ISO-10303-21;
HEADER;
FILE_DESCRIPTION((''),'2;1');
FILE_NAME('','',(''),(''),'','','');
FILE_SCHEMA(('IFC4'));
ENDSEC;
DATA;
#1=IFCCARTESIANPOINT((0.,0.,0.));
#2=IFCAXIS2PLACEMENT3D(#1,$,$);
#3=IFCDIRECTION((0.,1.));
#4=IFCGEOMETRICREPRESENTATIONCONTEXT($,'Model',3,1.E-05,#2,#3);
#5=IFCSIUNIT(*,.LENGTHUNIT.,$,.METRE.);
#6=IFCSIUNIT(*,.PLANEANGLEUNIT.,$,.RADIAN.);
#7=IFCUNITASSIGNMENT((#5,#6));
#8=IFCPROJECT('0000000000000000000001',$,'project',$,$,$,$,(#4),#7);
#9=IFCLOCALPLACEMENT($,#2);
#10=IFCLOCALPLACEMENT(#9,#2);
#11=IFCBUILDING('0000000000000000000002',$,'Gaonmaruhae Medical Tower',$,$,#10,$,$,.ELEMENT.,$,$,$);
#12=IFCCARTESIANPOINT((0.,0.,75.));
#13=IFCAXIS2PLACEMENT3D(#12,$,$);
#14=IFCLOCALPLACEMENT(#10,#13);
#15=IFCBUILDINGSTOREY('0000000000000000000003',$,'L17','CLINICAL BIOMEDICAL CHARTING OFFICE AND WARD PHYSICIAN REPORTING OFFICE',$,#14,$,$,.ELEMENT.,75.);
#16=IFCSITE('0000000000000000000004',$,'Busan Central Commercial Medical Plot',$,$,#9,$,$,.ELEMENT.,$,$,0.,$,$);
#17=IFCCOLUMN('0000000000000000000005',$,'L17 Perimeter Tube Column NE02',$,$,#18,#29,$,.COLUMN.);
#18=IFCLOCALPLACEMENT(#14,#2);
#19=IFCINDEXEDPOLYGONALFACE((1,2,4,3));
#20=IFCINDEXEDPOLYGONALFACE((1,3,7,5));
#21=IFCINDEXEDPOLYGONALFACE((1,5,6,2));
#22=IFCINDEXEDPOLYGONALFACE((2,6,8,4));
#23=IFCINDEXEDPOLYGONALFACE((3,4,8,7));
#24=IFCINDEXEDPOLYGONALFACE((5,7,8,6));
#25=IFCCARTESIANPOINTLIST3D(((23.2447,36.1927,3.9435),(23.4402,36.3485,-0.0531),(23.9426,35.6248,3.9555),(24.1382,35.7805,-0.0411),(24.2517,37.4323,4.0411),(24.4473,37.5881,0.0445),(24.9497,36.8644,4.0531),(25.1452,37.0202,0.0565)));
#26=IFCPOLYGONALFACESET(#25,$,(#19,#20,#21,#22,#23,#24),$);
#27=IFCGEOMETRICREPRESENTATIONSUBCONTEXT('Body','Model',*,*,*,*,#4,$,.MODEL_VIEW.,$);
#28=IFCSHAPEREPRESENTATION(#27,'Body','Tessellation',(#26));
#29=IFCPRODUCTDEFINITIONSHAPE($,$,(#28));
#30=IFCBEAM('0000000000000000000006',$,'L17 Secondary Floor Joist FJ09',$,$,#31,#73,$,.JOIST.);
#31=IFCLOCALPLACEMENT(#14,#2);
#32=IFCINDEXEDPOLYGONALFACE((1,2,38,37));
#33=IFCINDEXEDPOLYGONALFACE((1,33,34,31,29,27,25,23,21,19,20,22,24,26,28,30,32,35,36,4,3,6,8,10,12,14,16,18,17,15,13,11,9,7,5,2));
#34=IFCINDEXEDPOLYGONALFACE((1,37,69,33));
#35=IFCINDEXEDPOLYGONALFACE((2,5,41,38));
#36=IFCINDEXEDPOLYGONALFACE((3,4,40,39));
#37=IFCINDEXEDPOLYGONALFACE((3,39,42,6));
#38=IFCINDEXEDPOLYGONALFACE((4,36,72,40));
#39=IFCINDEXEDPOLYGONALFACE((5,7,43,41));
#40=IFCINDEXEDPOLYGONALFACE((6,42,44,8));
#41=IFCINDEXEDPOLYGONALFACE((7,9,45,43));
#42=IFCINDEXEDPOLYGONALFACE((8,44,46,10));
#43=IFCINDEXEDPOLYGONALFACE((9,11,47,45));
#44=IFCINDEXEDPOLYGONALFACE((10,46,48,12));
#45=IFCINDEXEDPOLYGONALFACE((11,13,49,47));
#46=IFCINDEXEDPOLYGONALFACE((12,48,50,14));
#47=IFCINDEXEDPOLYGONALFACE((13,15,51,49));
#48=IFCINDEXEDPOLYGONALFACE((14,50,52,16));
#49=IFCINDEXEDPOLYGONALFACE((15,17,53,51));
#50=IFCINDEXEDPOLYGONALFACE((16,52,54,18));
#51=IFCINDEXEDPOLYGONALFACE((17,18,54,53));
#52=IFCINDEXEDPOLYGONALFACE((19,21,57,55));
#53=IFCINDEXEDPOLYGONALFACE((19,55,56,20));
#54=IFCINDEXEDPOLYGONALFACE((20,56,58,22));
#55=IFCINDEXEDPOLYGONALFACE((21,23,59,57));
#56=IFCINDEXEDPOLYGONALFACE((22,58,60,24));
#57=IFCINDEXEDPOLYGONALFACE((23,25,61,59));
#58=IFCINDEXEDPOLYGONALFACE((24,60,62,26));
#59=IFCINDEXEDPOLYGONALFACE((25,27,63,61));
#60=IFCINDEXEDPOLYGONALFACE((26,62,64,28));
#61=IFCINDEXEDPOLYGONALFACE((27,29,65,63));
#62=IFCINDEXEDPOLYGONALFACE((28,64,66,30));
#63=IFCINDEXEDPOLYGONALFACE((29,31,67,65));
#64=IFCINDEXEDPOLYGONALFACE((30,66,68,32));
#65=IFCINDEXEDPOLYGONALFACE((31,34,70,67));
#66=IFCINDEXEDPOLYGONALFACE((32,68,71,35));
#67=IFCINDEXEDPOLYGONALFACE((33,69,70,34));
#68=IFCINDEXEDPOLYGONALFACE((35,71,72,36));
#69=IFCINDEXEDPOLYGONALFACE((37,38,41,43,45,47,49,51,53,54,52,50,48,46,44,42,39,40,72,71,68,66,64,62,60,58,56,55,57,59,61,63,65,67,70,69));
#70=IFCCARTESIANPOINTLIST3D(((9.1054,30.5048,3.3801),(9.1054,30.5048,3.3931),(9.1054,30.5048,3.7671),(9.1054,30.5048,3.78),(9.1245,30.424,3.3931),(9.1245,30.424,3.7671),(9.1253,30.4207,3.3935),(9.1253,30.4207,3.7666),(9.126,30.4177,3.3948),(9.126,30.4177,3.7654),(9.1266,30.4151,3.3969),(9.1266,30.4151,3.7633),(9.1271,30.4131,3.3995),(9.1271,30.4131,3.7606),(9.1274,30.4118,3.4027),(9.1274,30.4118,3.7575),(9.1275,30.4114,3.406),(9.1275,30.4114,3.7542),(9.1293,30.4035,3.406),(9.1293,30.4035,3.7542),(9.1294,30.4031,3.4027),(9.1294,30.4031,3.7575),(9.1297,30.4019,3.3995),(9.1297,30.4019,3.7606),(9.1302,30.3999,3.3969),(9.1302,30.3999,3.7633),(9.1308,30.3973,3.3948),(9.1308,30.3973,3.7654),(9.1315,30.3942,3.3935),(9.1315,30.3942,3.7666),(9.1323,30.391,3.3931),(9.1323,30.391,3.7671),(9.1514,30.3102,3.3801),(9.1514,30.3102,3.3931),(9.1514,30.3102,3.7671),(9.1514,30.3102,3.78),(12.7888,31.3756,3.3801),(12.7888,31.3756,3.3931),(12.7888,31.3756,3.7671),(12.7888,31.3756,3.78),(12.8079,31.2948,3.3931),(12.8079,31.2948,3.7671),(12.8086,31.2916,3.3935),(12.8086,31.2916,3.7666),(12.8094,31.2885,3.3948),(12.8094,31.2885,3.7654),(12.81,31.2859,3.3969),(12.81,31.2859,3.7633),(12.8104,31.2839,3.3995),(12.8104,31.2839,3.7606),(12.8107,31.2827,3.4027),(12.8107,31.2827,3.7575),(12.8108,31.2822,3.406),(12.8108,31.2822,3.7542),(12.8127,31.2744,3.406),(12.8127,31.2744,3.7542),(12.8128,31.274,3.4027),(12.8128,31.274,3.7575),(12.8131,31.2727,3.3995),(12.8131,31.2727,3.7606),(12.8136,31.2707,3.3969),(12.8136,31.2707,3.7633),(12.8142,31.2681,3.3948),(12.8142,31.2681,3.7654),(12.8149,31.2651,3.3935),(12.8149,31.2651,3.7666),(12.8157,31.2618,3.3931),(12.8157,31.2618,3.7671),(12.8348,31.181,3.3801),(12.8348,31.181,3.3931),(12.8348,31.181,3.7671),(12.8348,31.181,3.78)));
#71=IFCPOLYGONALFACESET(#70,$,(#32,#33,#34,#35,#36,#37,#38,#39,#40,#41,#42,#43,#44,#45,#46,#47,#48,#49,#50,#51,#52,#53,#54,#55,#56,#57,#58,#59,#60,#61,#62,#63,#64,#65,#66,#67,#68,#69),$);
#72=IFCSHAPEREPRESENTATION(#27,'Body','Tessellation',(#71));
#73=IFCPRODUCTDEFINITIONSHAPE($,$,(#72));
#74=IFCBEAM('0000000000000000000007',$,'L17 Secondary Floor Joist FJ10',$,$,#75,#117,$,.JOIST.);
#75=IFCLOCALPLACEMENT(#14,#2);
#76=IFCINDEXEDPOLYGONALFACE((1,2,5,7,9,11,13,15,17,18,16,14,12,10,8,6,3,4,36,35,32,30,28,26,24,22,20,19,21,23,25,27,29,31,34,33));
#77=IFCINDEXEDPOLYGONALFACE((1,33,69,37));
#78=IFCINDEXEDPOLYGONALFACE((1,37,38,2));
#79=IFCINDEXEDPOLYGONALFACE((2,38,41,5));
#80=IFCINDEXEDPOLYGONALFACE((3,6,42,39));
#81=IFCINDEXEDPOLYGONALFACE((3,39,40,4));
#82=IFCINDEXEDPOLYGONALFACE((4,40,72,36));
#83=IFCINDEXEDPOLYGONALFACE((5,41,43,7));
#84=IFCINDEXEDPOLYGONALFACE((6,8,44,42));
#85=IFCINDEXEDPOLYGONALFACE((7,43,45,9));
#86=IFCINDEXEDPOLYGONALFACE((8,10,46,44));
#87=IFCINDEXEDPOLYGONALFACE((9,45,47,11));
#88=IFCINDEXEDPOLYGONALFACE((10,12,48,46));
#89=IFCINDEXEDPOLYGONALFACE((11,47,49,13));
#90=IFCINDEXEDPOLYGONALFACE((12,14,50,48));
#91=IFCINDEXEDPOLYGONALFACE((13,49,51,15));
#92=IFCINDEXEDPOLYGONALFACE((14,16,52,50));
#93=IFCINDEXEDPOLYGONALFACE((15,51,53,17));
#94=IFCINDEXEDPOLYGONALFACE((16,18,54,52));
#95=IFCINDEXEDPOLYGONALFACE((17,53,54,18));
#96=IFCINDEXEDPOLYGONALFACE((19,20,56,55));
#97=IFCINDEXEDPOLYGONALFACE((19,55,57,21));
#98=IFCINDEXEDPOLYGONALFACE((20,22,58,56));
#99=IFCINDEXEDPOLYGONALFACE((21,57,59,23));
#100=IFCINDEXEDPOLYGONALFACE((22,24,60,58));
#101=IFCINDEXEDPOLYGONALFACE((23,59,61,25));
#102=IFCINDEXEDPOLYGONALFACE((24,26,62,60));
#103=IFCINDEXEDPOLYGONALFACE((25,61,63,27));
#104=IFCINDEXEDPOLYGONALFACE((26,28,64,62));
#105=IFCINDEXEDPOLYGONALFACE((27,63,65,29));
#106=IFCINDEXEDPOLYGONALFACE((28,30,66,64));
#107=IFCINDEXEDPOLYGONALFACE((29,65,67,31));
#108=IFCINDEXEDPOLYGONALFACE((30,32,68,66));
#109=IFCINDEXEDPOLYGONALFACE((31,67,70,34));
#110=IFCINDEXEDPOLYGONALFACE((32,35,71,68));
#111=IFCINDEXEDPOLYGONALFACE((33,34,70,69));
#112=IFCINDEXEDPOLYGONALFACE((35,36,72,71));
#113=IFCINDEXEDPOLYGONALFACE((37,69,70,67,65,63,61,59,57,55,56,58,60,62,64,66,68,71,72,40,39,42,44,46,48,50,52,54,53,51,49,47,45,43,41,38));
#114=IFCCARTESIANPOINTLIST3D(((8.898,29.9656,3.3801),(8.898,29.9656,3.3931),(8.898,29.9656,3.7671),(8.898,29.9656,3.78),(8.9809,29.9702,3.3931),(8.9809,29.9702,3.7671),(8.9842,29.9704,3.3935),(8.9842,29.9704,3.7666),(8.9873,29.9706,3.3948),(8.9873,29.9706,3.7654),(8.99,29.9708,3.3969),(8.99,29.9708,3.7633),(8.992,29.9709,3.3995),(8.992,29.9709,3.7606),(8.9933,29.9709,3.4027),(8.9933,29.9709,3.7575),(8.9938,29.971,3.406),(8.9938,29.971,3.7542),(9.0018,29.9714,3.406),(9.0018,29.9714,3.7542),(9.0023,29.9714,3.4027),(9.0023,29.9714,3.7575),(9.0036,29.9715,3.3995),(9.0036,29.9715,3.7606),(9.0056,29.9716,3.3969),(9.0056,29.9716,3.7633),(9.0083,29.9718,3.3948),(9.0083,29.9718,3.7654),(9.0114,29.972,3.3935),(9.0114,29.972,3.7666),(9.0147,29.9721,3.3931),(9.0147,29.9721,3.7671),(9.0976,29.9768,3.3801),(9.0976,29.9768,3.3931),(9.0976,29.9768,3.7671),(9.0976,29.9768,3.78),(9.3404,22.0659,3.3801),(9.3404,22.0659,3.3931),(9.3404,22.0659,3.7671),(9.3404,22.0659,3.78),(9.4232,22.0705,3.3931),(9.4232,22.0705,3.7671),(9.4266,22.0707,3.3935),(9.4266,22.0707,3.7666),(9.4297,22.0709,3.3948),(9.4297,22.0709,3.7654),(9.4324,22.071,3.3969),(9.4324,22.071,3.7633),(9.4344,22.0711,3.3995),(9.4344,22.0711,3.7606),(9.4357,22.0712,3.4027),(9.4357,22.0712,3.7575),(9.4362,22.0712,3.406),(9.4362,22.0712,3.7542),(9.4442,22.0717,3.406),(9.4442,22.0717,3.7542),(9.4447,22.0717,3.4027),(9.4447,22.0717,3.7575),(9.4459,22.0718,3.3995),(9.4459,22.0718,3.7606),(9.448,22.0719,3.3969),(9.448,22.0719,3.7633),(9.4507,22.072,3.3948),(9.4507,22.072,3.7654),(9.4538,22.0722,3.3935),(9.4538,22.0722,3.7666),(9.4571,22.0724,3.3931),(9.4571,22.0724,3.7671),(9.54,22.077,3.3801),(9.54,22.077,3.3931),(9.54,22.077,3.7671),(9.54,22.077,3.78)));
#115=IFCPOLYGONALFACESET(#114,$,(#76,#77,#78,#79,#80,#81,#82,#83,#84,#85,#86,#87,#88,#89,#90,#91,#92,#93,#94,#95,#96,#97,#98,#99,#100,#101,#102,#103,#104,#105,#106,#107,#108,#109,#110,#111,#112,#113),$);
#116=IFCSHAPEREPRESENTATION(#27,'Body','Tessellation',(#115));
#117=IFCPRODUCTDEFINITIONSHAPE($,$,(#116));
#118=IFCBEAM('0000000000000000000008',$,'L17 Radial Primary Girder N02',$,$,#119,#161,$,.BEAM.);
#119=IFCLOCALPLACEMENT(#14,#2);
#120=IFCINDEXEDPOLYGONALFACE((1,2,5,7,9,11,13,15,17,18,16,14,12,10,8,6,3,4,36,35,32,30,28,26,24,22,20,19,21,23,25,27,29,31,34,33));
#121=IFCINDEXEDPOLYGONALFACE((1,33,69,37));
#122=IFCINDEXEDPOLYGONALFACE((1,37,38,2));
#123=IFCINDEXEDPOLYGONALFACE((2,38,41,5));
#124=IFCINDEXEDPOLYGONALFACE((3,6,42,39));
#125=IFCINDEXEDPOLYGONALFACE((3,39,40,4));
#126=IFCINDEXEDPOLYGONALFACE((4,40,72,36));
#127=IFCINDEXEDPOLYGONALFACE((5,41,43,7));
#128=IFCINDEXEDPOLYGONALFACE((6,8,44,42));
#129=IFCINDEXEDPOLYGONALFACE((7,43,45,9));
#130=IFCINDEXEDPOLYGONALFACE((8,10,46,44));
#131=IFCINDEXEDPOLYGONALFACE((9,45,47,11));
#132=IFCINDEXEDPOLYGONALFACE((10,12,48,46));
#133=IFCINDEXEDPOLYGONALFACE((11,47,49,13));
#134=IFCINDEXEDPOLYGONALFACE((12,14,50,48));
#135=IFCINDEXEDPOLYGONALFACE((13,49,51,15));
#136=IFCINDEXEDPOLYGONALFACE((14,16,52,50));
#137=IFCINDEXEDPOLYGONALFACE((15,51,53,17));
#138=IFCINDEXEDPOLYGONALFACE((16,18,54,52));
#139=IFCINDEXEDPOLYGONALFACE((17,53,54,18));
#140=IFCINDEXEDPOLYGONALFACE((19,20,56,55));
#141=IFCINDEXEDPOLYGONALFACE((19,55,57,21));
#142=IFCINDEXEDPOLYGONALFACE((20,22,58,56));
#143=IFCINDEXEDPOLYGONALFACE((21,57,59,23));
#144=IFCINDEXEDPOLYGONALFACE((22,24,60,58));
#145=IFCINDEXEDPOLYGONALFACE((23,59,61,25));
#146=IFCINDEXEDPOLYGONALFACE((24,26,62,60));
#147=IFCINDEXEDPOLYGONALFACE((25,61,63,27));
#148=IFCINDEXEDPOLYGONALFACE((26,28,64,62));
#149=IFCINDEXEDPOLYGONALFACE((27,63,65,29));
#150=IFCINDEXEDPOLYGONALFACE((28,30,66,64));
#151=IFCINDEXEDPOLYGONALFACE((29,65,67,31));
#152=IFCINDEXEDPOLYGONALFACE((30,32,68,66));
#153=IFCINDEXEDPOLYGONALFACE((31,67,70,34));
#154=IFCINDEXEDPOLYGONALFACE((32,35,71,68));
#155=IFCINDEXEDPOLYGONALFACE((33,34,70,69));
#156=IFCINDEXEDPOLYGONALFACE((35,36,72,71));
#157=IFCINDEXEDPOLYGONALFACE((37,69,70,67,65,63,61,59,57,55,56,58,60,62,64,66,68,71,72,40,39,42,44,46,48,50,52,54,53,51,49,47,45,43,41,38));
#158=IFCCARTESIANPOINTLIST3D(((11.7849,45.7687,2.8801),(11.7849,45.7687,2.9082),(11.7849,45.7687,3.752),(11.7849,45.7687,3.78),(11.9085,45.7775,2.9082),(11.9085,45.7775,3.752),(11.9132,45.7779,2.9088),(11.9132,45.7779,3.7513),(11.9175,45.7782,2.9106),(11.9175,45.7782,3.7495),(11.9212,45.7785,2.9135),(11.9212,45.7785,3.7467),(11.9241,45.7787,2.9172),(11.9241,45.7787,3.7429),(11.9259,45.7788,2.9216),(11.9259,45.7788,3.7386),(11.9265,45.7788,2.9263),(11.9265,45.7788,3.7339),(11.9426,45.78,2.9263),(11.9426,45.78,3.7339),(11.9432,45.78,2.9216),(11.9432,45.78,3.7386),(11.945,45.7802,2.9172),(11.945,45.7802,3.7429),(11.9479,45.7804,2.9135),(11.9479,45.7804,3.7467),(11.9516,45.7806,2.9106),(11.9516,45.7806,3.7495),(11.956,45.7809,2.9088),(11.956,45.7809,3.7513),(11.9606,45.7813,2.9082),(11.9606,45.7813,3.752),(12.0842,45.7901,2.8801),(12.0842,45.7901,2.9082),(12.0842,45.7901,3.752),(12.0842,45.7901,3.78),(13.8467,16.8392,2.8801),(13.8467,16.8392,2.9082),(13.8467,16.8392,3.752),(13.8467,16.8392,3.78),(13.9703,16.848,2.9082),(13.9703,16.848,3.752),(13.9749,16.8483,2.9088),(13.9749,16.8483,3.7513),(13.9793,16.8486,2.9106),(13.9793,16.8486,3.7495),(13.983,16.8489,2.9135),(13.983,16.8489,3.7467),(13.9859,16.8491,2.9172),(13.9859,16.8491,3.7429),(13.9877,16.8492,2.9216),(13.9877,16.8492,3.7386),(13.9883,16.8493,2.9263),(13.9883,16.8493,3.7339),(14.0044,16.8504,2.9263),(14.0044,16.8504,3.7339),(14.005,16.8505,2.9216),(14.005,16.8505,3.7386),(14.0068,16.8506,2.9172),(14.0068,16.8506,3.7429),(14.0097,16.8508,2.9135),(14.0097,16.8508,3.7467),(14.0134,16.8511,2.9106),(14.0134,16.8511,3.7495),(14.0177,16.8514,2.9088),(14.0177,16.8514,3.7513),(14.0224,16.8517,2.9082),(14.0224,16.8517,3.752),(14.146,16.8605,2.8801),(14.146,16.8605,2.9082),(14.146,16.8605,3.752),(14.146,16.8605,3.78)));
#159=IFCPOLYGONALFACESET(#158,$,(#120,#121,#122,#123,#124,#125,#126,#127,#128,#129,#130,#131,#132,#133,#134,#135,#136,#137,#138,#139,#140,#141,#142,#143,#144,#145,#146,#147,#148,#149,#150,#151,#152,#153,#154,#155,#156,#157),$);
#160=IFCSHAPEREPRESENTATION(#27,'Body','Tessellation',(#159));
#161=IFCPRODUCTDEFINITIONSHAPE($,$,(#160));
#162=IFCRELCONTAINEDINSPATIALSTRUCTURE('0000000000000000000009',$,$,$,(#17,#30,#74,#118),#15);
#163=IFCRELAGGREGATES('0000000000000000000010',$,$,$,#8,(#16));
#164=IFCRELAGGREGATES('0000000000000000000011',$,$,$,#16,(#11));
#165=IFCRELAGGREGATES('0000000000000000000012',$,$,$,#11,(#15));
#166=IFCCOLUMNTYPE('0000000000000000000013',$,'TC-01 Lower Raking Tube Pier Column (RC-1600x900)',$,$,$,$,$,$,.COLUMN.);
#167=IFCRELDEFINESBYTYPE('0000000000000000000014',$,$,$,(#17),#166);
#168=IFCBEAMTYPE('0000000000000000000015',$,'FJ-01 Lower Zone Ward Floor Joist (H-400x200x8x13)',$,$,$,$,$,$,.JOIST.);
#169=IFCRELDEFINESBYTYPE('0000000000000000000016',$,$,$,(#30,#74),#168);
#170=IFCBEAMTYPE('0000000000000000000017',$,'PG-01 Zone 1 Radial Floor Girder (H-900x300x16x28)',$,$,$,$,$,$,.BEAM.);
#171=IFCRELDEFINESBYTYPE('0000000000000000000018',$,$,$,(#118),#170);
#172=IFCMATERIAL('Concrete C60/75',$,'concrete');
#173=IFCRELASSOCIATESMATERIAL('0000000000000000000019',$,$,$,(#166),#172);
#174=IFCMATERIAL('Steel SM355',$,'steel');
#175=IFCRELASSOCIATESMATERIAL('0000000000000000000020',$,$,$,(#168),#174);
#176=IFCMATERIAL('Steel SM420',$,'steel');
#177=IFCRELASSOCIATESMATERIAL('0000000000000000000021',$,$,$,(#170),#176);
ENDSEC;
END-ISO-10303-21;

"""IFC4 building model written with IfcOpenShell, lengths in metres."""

from ifc_helpers import new_model, si_unit, direction, frame, origin, origin_2d, place, context, subcontext, project, spatial, rectangle, i_section, extrude, material, material_profile, profile_set, type_object, element, save


model = new_model("IFC4")

# Units and contexts
model_context = context("Model", 3, precision=1e-05, world=origin(), true_north=direction((0.0, 1.0)))
body_context = subcontext(model_context, "Body", "Model", "MODEL_VIEW")
ifc_project = project(units=[si_unit("LENGTHUNIT", "METRE"), si_unit("PLANEANGLEUNIT", "RADIAN")], contexts=[model_context])

# Site, building, storey
site_placement = place(None, origin())
site = spatial("IfcSite", under=ifc_project, at=site_placement, Name="Busan Central Commercial Medical Plot", CompositionType="ELEMENT", RefElevation=0.0)
building_placement = place(site_placement, origin())
building = spatial("IfcBuilding", under=site, at=building_placement, Name="Gaonmaruhae Medical Tower", CompositionType="ELEMENT")
storey_placement = place(building_placement, frame((0.0, 0.0, 75.0)))
storey = spatial("IfcBuildingStorey", under=building, at=storey_placement, Name="L17", Description="CLINICAL BIOMEDICAL CHARTING OFFICE AND WARD PHYSICIAN REPORTING OFFICE", CompositionType="ELEMENT", Elevation=75.0)

# Column
ifc_material_1 = material(Name="Concrete C60/75", Category="concrete")
ifc_material_profile_1 = material_profile(ifc_material_1, rectangle(XDim=1.6001, YDim=0.8999, at=origin_2d()), Name="RC-1600x900")
ifc_profile_set_1 = profile_set([ifc_material_profile_1], Name="Concrete C60/75")
column_type = type_object("IfcColumnType", Name="TC-01 Lower Raking Tube Pier Column (RC-1600x900)", PredefinedType="COLUMN", material=ifc_profile_set_1)
column_placement = place(storey_placement, frame((24.2927, 36.6843, 0.0017), z_axis=(-0.048836, -0.038898, 0.998049), x_axis=(0.629355, 0.774721, 0.060989)))
element("IfcColumn", 1, at=column_placement, inside=storey, type_object=column_type, Name="L17 Perimeter Tube Column NE02", PredefinedType="COLUMN", context=body_context, shape_type="SweptSolid", body=[
    extrude(rectangle(XDim=1.6001, YDim=0.8999, at=origin_2d()), origin(), (0.0, 0.0, 1.0), 4.0044),
])

# Beams
ifc_material_2 = material(Name="Steel SM355", Category="steel")
ifc_material_profile_2 = material_profile(ifc_material_2, i_section(OverallWidth=0.2, OverallDepth=0.3999, WebThickness=0.0081, FlangeThickness=0.0129, FilletRadius=0.0129, at=origin_2d()), Name="H-400x200x8x13")
ifc_profile_set_2 = profile_set([ifc_material_profile_2], Name="Steel SM355")
beam_type_1 = type_object("IfcBeamType", Name="FJ-01 Lower Zone Ward Floor Joist (H-400x200x8x13)", PredefinedType="JOIST", material=ifc_profile_set_2)
beam_1_placement = place(storey_placement, frame((12.8118, 31.2783, 3.5801), z_axis=(-0.97317, -0.230085, 0.0), x_axis=(0.230085, -0.97317, 0.0)))
element("IfcBeam", 2, at=beam_1_placement, inside=storey, type_object=beam_type_1, Name="L17 Secondary Floor Joist FJ09", PredefinedType="JOIST", context=body_context, shape_type="SweptSolid", body=[
    extrude(i_section(OverallWidth=0.2, OverallDepth=0.3999, WebThickness=0.0081, FlangeThickness=0.0129, FilletRadius=0.0129, at=origin_2d()), origin(), (0.0, 0.0, 1.0), 3.7849),
])
beam_2_placement = place(storey_placement, frame((8.9978, 29.9712, 3.5801), z_axis=(0.055913, -0.998436, 0.0), x_axis=(0.998436, 0.055913, 0.0)))
element("IfcBeam", 3, at=beam_2_placement, inside=storey, type_object=beam_type_1, Name="L17 Secondary Floor Joist FJ10", PredefinedType="JOIST", context=body_context, shape_type="SweptSolid", body=[
    extrude(i_section(OverallWidth=0.2, OverallDepth=0.3999, WebThickness=0.0081, FlangeThickness=0.0129, FilletRadius=0.0129, at=origin_2d()), origin(), (0.0, 0.0, 1.0), 7.9121),
])
ifc_material_3 = material(Name="Steel SM420", Category="steel")
ifc_material_profile_3 = material_profile(ifc_material_3, i_section(OverallWidth=0.3, OverallDepth=0.8999, WebThickness=0.0161, FlangeThickness=0.0281, FilletRadius=0.0181, at=origin_2d()), Name="H-900x300x16x28")
ifc_profile_set_3 = profile_set([ifc_material_profile_3], Name="Steel SM420")
beam_type_2 = type_object("IfcBeamType", Name="PG-01 Zone 1 Radial Floor Girder (H-900x300x16x28)", PredefinedType="BEAM", material=ifc_profile_set_3)
beam_3_placement = place(storey_placement, frame((13.9963, 16.8499, 3.3301), z_axis=(-0.071089, 0.99747, 0.0), x_axis=(-0.99747, -0.071089, 0.0)))
element("IfcBeam", 4, at=beam_3_placement, inside=storey, type_object=beam_type_2, Name="L17 Radial Primary Girder N02", PredefinedType="BEAM", context=body_context, shape_type="SweptSolid", body=[
    extrude(i_section(OverallWidth=0.3, OverallDepth=0.8999, WebThickness=0.0161, FlangeThickness=0.0281, FilletRadius=0.0181, at=origin_2d()), origin(), (0.0, 0.0, 1.0), 29.0029),
])

save(model, "model.ifc")
